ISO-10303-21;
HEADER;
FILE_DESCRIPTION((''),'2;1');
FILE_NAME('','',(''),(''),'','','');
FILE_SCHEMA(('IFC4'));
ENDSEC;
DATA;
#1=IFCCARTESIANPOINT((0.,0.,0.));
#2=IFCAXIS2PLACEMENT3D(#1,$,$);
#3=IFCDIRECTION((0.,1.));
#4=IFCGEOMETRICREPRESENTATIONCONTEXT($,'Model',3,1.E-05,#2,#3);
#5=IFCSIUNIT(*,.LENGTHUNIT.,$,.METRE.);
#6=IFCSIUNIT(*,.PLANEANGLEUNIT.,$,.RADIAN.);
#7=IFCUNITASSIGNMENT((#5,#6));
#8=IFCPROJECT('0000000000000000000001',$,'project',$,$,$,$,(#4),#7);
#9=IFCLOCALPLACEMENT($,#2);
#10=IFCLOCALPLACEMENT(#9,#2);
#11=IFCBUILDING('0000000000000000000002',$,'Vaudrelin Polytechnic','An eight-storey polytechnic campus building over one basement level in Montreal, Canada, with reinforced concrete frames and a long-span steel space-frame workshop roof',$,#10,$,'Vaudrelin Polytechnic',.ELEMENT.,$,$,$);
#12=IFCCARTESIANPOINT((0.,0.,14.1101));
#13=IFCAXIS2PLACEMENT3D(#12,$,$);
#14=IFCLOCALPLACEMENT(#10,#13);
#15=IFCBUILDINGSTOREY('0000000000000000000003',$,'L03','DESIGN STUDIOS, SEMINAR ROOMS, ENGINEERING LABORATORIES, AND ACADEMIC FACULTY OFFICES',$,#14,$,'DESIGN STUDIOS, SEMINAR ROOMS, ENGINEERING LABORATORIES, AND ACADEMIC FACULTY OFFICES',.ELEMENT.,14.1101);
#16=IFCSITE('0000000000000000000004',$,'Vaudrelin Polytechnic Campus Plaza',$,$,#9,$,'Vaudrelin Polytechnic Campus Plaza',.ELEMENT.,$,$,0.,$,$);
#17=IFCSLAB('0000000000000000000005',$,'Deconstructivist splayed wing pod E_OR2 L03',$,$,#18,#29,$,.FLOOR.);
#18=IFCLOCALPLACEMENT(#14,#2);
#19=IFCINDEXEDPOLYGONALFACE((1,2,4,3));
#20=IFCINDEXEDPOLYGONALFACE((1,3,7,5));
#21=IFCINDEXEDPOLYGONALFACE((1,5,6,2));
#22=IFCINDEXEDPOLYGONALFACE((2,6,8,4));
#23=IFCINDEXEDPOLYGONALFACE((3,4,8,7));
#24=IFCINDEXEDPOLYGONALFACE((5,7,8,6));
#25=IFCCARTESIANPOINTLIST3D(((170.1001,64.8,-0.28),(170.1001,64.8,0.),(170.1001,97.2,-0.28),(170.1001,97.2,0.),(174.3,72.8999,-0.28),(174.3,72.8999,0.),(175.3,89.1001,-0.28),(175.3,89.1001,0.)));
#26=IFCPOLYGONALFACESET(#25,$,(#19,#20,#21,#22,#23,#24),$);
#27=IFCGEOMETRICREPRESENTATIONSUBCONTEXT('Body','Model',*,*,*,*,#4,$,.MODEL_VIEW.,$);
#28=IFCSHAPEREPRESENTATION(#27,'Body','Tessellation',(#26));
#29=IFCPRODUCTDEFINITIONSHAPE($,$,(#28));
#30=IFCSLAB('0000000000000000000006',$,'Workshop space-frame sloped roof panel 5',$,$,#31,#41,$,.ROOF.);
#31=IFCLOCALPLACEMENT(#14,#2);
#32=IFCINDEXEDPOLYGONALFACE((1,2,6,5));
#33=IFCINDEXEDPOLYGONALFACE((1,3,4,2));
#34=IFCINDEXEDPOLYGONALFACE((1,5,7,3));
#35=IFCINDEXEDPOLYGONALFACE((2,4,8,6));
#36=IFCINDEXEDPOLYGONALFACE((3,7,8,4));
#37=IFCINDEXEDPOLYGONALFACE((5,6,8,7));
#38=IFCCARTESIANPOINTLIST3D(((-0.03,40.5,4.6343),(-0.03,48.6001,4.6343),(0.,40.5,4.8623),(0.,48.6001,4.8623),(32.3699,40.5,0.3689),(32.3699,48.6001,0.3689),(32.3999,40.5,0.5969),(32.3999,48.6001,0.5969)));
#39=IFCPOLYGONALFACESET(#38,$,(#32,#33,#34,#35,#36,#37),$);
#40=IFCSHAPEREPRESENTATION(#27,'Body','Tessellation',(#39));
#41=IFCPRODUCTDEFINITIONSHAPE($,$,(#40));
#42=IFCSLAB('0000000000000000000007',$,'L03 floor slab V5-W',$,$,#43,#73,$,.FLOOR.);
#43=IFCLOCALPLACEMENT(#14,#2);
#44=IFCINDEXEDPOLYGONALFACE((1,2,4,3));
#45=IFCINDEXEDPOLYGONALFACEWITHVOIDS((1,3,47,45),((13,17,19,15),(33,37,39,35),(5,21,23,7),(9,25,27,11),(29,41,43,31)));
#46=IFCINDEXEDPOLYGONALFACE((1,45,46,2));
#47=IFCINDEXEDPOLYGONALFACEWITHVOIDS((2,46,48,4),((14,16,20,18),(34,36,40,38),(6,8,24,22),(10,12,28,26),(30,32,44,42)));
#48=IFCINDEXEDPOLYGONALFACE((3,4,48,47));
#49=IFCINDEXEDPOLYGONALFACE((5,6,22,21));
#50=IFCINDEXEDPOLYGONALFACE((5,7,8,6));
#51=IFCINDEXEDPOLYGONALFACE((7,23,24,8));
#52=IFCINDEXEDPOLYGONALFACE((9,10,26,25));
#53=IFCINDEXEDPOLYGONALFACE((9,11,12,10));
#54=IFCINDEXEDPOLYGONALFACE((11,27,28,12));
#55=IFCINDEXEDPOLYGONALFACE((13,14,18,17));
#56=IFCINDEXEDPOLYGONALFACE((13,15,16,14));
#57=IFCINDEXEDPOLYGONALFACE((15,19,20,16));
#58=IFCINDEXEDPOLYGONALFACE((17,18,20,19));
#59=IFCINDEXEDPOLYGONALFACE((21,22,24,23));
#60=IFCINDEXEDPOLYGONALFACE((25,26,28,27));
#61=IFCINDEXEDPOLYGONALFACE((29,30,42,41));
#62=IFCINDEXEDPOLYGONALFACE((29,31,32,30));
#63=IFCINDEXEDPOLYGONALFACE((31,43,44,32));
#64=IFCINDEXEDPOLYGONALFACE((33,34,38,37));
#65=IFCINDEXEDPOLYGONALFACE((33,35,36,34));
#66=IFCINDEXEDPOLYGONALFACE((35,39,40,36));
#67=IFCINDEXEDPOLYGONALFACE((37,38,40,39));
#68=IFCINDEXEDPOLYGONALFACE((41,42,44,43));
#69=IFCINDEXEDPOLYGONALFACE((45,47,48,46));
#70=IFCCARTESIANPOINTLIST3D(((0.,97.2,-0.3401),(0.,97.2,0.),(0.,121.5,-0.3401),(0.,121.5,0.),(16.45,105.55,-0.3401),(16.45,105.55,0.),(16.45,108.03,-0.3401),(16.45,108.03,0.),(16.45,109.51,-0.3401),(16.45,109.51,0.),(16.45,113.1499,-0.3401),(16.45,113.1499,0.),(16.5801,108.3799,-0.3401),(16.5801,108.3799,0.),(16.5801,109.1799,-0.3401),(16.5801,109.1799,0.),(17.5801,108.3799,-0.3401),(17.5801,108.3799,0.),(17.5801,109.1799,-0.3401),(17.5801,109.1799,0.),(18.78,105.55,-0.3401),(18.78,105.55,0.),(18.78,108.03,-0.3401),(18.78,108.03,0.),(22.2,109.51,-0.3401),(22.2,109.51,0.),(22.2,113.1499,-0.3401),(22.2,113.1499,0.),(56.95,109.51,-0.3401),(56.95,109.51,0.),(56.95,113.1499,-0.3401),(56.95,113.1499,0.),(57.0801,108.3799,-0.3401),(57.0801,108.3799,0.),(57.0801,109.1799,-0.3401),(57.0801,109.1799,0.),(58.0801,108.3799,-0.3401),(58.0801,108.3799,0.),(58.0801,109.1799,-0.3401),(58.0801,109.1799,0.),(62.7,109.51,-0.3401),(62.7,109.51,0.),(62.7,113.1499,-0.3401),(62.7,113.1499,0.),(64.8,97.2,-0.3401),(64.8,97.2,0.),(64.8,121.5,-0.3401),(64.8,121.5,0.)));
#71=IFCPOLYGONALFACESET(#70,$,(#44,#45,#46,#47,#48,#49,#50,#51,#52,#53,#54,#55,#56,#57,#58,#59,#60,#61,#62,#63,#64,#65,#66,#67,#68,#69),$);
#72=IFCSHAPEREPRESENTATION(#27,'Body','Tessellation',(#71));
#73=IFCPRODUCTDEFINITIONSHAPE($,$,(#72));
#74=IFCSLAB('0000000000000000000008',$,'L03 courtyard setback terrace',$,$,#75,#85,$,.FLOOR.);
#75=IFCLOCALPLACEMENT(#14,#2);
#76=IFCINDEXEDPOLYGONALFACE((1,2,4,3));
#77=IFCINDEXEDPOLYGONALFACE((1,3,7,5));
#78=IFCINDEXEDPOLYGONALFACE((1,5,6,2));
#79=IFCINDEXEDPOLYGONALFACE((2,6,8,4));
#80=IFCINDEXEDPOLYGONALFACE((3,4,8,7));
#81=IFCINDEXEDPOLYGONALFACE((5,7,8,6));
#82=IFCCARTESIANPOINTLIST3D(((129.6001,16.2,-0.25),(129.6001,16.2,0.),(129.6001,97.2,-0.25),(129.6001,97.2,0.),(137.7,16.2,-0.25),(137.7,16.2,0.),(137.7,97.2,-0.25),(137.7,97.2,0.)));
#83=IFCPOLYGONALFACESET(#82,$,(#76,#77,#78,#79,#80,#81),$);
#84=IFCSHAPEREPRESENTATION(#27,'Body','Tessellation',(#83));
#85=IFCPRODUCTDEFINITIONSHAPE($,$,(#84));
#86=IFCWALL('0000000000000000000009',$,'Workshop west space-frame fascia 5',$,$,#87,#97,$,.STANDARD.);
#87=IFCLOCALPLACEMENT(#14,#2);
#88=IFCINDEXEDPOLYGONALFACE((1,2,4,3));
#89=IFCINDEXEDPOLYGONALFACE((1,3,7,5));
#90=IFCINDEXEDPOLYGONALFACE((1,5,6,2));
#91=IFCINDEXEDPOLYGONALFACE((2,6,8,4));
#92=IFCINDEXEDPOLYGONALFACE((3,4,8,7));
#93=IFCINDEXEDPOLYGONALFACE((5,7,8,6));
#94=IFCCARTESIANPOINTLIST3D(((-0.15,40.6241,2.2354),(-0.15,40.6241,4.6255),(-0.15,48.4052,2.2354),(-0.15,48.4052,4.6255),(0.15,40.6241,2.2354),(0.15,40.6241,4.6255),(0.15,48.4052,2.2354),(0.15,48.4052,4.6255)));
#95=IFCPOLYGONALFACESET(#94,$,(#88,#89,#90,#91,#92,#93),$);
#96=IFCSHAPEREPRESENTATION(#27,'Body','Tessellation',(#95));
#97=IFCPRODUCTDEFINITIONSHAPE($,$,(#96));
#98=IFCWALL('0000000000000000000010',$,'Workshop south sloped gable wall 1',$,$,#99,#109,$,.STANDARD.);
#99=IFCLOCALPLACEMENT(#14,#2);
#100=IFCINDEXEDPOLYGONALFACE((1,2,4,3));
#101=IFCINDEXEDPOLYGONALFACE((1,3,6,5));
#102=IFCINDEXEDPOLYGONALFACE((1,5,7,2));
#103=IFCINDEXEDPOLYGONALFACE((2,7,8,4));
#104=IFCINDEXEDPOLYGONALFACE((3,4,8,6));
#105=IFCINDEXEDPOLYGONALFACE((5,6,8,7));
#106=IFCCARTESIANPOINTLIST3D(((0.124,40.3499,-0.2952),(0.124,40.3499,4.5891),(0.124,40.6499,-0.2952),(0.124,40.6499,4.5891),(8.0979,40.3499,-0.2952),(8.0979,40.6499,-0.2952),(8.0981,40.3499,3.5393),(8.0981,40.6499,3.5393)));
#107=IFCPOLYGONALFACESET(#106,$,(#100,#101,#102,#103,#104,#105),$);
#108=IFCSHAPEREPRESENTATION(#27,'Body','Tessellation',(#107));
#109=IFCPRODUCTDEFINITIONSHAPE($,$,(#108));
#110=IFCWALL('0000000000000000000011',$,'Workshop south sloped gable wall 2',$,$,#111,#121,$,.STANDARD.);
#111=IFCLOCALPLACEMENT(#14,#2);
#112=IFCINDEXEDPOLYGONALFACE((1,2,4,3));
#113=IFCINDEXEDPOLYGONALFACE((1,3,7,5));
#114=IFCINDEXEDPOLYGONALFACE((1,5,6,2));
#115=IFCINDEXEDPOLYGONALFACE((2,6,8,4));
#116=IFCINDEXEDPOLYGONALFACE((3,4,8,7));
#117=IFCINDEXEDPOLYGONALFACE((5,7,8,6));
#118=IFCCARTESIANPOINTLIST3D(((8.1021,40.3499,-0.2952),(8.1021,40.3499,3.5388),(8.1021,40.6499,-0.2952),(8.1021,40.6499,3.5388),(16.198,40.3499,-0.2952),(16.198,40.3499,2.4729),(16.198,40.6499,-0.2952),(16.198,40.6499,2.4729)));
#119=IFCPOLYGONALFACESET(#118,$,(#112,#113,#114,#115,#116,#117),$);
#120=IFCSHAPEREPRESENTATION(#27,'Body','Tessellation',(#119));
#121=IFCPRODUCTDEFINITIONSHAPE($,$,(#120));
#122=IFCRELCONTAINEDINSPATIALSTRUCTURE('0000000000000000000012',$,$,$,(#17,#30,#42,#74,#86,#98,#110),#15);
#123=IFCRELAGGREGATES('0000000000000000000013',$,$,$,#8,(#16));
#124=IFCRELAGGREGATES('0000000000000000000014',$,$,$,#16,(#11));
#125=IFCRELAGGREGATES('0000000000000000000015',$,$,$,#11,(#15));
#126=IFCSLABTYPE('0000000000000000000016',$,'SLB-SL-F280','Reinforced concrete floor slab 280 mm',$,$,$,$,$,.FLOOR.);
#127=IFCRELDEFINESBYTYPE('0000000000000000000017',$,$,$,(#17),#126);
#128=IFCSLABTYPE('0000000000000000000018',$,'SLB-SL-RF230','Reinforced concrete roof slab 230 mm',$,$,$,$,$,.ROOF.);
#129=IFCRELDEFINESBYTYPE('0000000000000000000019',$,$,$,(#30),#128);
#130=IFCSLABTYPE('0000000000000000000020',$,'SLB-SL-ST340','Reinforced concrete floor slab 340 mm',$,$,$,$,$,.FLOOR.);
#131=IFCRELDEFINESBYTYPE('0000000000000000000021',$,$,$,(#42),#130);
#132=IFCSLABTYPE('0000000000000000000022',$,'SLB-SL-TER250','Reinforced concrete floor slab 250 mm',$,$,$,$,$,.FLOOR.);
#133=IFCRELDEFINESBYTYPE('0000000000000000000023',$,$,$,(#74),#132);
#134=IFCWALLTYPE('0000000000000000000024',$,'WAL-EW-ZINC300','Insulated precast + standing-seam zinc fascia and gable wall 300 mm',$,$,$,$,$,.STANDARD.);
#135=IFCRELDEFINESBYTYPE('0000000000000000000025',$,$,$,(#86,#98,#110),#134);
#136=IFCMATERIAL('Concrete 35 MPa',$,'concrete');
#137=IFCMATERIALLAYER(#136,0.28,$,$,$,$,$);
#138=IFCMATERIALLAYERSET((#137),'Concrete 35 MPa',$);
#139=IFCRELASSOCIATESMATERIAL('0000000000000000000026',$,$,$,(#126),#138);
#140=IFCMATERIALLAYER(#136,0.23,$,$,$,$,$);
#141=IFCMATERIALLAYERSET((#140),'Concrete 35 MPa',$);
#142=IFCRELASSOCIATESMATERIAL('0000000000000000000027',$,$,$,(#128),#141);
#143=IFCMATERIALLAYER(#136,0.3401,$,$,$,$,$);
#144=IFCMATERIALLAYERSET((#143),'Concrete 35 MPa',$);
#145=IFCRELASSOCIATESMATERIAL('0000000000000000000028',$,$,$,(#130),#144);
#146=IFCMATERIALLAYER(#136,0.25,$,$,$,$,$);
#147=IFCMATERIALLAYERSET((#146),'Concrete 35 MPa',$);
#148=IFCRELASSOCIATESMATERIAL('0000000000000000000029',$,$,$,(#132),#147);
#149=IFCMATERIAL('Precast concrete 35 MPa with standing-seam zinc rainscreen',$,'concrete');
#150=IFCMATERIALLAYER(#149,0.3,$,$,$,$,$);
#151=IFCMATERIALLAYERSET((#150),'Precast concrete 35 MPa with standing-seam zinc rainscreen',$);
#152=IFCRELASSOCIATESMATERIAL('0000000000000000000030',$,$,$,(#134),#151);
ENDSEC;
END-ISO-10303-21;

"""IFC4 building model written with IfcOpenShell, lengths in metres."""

from ifc_helpers import new_model, si_unit, direction, frame, frame_2d, origin, place, context, subcontext, project, spatial, polyline, rectangle, outline, extrude, material, layer, layer_set, type_object, element, save


model = new_model("IFC4")

# Units and contexts
model_context = context("Model", 3, precision=1e-05, world=origin(), true_north=direction((0.0, 1.0)))
body_context = subcontext(model_context, "Body", "Model", "MODEL_VIEW")
ifc_project = project(units=[si_unit("LENGTHUNIT", "METRE"), si_unit("PLANEANGLEUNIT", "RADIAN")], contexts=[model_context])

# Site, building, storey
site_placement = place(None, origin())
site = spatial("IfcSite", under=ifc_project, at=site_placement, Name="Vaudrelin Polytechnic Campus Plaza", LongName="Vaudrelin Polytechnic Campus Plaza", CompositionType="ELEMENT", RefElevation=0.0)
building_placement = place(site_placement, origin())
building = spatial("IfcBuilding", under=site, at=building_placement, Name="Vaudrelin Polytechnic", Description="An eight-storey polytechnic campus building over one basement level in Montreal, Canada, with reinforced concrete frames and a long-span steel space-frame workshop roof", LongName="Vaudrelin Polytechnic", CompositionType="ELEMENT")
storey_placement = place(building_placement, frame((0.0, 0.0, 14.1101)))
storey = spatial("IfcBuildingStorey", under=building, at=storey_placement, Name="L03", Description="DESIGN STUDIOS, SEMINAR ROOMS, ENGINEERING LABORATORIES, AND ACADEMIC FACULTY OFFICES", LongName="DESIGN STUDIOS, SEMINAR ROOMS, ENGINEERING LABORATORIES, AND ACADEMIC FACULTY OFFICES", CompositionType="ELEMENT", Elevation=14.1101)

# Shared definitions
ifc_material_1 = material(Name="Concrete 35 MPa", Category="concrete")

# Slabs
ifc_layer_1 = layer(ifc_material_1, 0.28)
ifc_layer_set_1 = layer_set([ifc_layer_1], Name="Concrete 35 MPa")
slab_type_1 = type_object("IfcSlabType", Name="SLB-SL-F280", Description="Reinforced concrete floor slab 280 mm", PredefinedType="FLOOR", material=ifc_layer_set_1)
slab_1_placement = place(storey_placement, frame((0.0, 0.0, -0.28)))
element("IfcSlab", 1, at=slab_1_placement, inside=storey, type_object=slab_type_1, Name="Deconstructivist splayed wing pod E_OR2 L03", PredefinedType="FLOOR", context=body_context, shape_type="SweptSolid", body=[
    extrude(outline(polyline([(170.1001, 64.8), (174.3, 72.8999), (175.3, 89.1001), (170.1001, 97.2), (170.1001, 64.8)])), origin(), (0.0, 0.0, 1.0), 0.28),
])
ifc_layer_2 = layer(ifc_material_1, 0.23)
ifc_layer_set_2 = layer_set([ifc_layer_2], Name="Concrete 35 MPa")
slab_type_2 = type_object("IfcSlabType", Name="SLB-SL-RF230", Description="Reinforced concrete roof slab 230 mm", PredefinedType="ROOF", material=ifc_layer_set_2)
slab_2_placement = place(storey_placement, frame((0.0, 40.5, 4.8623), z_axis=(0.130522, 0.0, 0.991445), x_axis=(0.991445, 0.0, -0.130522)))
element("IfcSlab", 2, at=slab_2_placement, inside=storey, type_object=slab_type_2, Name="Workshop space-frame sloped roof panel 5", PredefinedType="ROOF", context=body_context, shape_type="SweptSolid", body=[
    extrude(outline(polyline([(0.0, 0.0), (32.6795, 0.0), (32.6795, 8.1001), (0.0, 8.1001), (0.0, 0.0)])), origin(), (0.0, 0.0, -1.0), 0.23),
])
ifc_layer_3 = layer(ifc_material_1, 0.3401)
ifc_layer_set_3 = layer_set([ifc_layer_3], Name="Concrete 35 MPa")
slab_type_3 = type_object("IfcSlabType", Name="SLB-SL-ST340", Description="Reinforced concrete floor slab 340 mm", PredefinedType="FLOOR", material=ifc_layer_set_3)
slab_3_placement = place(storey_placement, frame((0.0, 0.0, -0.3401)))
element("IfcSlab", 3, at=slab_3_placement, inside=storey, type_object=slab_type_3, Name="L03 floor slab V5-W", PredefinedType="FLOOR", context=body_context, shape_type="SweptSolid", body=[
    extrude(outline(polyline([(0.0, 97.2), (64.8, 97.2), (64.8, 121.5), (0.0, 121.5), (0.0, 97.2)]), holes=[polyline([(16.45, 109.51), (22.2, 109.51), (22.2, 113.1499), (16.45, 113.1499), (16.45, 109.51)]), polyline([(16.45, 105.55), (18.78, 105.55), (18.78, 108.03), (16.45, 108.03), (16.45, 105.55)]), polyline([(16.5801, 108.3799), (17.5801, 108.3799), (17.5801, 109.1799), (16.5801, 109.1799), (16.5801, 108.3799)]), polyline([(56.95, 109.51), (62.7, 109.51), (62.7, 113.1499), (56.95, 113.1499), (56.95, 109.51)]), polyline([(57.0801, 108.3799), (58.0801, 108.3799), (58.0801, 109.1799), (57.0801, 109.1799), (57.0801, 108.3799)])]), origin(), (0.0, 0.0, 1.0), 0.3401),
])
ifc_layer_4 = layer(ifc_material_1, 0.25)
ifc_layer_set_4 = layer_set([ifc_layer_4], Name="Concrete 35 MPa")
slab_type_4 = type_object("IfcSlabType", Name="SLB-SL-TER250", Description="Reinforced concrete floor slab 250 mm", PredefinedType="FLOOR", material=ifc_layer_set_4)
slab_4_placement = place(storey_placement, frame((0.0, 0.0, -0.25)))
element("IfcSlab", 4, at=slab_4_placement, inside=storey, type_object=slab_type_4, Name="L03 courtyard setback terrace", PredefinedType="FLOOR", context=body_context, shape_type="SweptSolid", body=[
    extrude(outline(polyline([(129.6001, 16.2), (137.7, 16.2), (137.7, 97.2), (129.6001, 97.2), (129.6001, 16.2)])), origin(), (0.0, 0.0, 1.0), 0.25),
])

# Walls
ifc_material_2 = material(Name="Precast concrete 35 MPa with standing-seam zinc rainscreen", Category="concrete")
ifc_layer_5 = layer(ifc_material_2, 0.3)
ifc_layer_set_5 = layer_set([ifc_layer_5], Name="Precast concrete 35 MPa with standing-seam zinc rainscreen")
wall_type = type_object("IfcWallType", Name="WAL-EW-ZINC300", Description="Insulated precast + standing-seam zinc fascia and gable wall 300 mm", PredefinedType="STANDARD", material=ifc_layer_set_5)
wall_1_placement = place(storey_placement, frame((0.0, 40.624, 2.2354), z_axis=(0.0, 0.0, 1.0), x_axis=(0.0, 1.0, 0.0)))
element("IfcWall", 5, at=wall_1_placement, inside=storey, type_object=wall_type, Name="Workshop west space-frame fascia 5", PredefinedType="STANDARD", context=body_context, shape_type="SweptSolid", body=[
    extrude(rectangle(XDim=7.781, YDim=0.3, at=frame_2d((3.8906, 0.0))), origin(), (0.0, 0.0, 1.0), 2.3901),
])
wall_2_placement = place(storey_placement, frame((0.124, 40.5, -0.2952), z_axis=(0.0, 0.0, 1.0), x_axis=(1.0, 0.0, 0.0)))
element("IfcWall", 6, at=wall_2_placement, inside=storey, type_object=wall_type, Name="Workshop south sloped gable wall 1", PredefinedType="STANDARD", context=body_context, shape_type="SweptSolid", body=[
    extrude(outline(polyline([(0.0, 0.0), (7.9739, 0.0), (7.9741, 3.8345), (0.0, 4.8843), (0.0, 0.0)])), frame((0.0, 0.1499, 0.0), z_axis=(0.0, -1.0, 0.0), x_axis=(1.0, 0.0, 0.0)), (0.0, 0.0, 1.0), 0.3),
])
wall_3_placement = place(storey_placement, frame((8.1021, 40.5, -0.2952), z_axis=(0.0, 0.0, 1.0), x_axis=(1.0, 0.0, 0.0)))
element("IfcWall", 7, at=wall_3_placement, inside=storey, type_object=wall_type, Name="Workshop south sloped gable wall 2", PredefinedType="STANDARD", context=body_context, shape_type="SweptSolid", body=[
    extrude(outline(polyline([(0.0, 0.0), (8.0959, 0.0), (8.0959, 2.7681), (0.0, 3.834), (0.0, 0.0)])), frame((0.0, 0.1499, 0.0), z_axis=(0.0, -1.0, 0.0), x_axis=(1.0, 0.0, 0.0)), (0.0, 0.0, 1.0), 0.3),
])

save(model, "model.ifc")
